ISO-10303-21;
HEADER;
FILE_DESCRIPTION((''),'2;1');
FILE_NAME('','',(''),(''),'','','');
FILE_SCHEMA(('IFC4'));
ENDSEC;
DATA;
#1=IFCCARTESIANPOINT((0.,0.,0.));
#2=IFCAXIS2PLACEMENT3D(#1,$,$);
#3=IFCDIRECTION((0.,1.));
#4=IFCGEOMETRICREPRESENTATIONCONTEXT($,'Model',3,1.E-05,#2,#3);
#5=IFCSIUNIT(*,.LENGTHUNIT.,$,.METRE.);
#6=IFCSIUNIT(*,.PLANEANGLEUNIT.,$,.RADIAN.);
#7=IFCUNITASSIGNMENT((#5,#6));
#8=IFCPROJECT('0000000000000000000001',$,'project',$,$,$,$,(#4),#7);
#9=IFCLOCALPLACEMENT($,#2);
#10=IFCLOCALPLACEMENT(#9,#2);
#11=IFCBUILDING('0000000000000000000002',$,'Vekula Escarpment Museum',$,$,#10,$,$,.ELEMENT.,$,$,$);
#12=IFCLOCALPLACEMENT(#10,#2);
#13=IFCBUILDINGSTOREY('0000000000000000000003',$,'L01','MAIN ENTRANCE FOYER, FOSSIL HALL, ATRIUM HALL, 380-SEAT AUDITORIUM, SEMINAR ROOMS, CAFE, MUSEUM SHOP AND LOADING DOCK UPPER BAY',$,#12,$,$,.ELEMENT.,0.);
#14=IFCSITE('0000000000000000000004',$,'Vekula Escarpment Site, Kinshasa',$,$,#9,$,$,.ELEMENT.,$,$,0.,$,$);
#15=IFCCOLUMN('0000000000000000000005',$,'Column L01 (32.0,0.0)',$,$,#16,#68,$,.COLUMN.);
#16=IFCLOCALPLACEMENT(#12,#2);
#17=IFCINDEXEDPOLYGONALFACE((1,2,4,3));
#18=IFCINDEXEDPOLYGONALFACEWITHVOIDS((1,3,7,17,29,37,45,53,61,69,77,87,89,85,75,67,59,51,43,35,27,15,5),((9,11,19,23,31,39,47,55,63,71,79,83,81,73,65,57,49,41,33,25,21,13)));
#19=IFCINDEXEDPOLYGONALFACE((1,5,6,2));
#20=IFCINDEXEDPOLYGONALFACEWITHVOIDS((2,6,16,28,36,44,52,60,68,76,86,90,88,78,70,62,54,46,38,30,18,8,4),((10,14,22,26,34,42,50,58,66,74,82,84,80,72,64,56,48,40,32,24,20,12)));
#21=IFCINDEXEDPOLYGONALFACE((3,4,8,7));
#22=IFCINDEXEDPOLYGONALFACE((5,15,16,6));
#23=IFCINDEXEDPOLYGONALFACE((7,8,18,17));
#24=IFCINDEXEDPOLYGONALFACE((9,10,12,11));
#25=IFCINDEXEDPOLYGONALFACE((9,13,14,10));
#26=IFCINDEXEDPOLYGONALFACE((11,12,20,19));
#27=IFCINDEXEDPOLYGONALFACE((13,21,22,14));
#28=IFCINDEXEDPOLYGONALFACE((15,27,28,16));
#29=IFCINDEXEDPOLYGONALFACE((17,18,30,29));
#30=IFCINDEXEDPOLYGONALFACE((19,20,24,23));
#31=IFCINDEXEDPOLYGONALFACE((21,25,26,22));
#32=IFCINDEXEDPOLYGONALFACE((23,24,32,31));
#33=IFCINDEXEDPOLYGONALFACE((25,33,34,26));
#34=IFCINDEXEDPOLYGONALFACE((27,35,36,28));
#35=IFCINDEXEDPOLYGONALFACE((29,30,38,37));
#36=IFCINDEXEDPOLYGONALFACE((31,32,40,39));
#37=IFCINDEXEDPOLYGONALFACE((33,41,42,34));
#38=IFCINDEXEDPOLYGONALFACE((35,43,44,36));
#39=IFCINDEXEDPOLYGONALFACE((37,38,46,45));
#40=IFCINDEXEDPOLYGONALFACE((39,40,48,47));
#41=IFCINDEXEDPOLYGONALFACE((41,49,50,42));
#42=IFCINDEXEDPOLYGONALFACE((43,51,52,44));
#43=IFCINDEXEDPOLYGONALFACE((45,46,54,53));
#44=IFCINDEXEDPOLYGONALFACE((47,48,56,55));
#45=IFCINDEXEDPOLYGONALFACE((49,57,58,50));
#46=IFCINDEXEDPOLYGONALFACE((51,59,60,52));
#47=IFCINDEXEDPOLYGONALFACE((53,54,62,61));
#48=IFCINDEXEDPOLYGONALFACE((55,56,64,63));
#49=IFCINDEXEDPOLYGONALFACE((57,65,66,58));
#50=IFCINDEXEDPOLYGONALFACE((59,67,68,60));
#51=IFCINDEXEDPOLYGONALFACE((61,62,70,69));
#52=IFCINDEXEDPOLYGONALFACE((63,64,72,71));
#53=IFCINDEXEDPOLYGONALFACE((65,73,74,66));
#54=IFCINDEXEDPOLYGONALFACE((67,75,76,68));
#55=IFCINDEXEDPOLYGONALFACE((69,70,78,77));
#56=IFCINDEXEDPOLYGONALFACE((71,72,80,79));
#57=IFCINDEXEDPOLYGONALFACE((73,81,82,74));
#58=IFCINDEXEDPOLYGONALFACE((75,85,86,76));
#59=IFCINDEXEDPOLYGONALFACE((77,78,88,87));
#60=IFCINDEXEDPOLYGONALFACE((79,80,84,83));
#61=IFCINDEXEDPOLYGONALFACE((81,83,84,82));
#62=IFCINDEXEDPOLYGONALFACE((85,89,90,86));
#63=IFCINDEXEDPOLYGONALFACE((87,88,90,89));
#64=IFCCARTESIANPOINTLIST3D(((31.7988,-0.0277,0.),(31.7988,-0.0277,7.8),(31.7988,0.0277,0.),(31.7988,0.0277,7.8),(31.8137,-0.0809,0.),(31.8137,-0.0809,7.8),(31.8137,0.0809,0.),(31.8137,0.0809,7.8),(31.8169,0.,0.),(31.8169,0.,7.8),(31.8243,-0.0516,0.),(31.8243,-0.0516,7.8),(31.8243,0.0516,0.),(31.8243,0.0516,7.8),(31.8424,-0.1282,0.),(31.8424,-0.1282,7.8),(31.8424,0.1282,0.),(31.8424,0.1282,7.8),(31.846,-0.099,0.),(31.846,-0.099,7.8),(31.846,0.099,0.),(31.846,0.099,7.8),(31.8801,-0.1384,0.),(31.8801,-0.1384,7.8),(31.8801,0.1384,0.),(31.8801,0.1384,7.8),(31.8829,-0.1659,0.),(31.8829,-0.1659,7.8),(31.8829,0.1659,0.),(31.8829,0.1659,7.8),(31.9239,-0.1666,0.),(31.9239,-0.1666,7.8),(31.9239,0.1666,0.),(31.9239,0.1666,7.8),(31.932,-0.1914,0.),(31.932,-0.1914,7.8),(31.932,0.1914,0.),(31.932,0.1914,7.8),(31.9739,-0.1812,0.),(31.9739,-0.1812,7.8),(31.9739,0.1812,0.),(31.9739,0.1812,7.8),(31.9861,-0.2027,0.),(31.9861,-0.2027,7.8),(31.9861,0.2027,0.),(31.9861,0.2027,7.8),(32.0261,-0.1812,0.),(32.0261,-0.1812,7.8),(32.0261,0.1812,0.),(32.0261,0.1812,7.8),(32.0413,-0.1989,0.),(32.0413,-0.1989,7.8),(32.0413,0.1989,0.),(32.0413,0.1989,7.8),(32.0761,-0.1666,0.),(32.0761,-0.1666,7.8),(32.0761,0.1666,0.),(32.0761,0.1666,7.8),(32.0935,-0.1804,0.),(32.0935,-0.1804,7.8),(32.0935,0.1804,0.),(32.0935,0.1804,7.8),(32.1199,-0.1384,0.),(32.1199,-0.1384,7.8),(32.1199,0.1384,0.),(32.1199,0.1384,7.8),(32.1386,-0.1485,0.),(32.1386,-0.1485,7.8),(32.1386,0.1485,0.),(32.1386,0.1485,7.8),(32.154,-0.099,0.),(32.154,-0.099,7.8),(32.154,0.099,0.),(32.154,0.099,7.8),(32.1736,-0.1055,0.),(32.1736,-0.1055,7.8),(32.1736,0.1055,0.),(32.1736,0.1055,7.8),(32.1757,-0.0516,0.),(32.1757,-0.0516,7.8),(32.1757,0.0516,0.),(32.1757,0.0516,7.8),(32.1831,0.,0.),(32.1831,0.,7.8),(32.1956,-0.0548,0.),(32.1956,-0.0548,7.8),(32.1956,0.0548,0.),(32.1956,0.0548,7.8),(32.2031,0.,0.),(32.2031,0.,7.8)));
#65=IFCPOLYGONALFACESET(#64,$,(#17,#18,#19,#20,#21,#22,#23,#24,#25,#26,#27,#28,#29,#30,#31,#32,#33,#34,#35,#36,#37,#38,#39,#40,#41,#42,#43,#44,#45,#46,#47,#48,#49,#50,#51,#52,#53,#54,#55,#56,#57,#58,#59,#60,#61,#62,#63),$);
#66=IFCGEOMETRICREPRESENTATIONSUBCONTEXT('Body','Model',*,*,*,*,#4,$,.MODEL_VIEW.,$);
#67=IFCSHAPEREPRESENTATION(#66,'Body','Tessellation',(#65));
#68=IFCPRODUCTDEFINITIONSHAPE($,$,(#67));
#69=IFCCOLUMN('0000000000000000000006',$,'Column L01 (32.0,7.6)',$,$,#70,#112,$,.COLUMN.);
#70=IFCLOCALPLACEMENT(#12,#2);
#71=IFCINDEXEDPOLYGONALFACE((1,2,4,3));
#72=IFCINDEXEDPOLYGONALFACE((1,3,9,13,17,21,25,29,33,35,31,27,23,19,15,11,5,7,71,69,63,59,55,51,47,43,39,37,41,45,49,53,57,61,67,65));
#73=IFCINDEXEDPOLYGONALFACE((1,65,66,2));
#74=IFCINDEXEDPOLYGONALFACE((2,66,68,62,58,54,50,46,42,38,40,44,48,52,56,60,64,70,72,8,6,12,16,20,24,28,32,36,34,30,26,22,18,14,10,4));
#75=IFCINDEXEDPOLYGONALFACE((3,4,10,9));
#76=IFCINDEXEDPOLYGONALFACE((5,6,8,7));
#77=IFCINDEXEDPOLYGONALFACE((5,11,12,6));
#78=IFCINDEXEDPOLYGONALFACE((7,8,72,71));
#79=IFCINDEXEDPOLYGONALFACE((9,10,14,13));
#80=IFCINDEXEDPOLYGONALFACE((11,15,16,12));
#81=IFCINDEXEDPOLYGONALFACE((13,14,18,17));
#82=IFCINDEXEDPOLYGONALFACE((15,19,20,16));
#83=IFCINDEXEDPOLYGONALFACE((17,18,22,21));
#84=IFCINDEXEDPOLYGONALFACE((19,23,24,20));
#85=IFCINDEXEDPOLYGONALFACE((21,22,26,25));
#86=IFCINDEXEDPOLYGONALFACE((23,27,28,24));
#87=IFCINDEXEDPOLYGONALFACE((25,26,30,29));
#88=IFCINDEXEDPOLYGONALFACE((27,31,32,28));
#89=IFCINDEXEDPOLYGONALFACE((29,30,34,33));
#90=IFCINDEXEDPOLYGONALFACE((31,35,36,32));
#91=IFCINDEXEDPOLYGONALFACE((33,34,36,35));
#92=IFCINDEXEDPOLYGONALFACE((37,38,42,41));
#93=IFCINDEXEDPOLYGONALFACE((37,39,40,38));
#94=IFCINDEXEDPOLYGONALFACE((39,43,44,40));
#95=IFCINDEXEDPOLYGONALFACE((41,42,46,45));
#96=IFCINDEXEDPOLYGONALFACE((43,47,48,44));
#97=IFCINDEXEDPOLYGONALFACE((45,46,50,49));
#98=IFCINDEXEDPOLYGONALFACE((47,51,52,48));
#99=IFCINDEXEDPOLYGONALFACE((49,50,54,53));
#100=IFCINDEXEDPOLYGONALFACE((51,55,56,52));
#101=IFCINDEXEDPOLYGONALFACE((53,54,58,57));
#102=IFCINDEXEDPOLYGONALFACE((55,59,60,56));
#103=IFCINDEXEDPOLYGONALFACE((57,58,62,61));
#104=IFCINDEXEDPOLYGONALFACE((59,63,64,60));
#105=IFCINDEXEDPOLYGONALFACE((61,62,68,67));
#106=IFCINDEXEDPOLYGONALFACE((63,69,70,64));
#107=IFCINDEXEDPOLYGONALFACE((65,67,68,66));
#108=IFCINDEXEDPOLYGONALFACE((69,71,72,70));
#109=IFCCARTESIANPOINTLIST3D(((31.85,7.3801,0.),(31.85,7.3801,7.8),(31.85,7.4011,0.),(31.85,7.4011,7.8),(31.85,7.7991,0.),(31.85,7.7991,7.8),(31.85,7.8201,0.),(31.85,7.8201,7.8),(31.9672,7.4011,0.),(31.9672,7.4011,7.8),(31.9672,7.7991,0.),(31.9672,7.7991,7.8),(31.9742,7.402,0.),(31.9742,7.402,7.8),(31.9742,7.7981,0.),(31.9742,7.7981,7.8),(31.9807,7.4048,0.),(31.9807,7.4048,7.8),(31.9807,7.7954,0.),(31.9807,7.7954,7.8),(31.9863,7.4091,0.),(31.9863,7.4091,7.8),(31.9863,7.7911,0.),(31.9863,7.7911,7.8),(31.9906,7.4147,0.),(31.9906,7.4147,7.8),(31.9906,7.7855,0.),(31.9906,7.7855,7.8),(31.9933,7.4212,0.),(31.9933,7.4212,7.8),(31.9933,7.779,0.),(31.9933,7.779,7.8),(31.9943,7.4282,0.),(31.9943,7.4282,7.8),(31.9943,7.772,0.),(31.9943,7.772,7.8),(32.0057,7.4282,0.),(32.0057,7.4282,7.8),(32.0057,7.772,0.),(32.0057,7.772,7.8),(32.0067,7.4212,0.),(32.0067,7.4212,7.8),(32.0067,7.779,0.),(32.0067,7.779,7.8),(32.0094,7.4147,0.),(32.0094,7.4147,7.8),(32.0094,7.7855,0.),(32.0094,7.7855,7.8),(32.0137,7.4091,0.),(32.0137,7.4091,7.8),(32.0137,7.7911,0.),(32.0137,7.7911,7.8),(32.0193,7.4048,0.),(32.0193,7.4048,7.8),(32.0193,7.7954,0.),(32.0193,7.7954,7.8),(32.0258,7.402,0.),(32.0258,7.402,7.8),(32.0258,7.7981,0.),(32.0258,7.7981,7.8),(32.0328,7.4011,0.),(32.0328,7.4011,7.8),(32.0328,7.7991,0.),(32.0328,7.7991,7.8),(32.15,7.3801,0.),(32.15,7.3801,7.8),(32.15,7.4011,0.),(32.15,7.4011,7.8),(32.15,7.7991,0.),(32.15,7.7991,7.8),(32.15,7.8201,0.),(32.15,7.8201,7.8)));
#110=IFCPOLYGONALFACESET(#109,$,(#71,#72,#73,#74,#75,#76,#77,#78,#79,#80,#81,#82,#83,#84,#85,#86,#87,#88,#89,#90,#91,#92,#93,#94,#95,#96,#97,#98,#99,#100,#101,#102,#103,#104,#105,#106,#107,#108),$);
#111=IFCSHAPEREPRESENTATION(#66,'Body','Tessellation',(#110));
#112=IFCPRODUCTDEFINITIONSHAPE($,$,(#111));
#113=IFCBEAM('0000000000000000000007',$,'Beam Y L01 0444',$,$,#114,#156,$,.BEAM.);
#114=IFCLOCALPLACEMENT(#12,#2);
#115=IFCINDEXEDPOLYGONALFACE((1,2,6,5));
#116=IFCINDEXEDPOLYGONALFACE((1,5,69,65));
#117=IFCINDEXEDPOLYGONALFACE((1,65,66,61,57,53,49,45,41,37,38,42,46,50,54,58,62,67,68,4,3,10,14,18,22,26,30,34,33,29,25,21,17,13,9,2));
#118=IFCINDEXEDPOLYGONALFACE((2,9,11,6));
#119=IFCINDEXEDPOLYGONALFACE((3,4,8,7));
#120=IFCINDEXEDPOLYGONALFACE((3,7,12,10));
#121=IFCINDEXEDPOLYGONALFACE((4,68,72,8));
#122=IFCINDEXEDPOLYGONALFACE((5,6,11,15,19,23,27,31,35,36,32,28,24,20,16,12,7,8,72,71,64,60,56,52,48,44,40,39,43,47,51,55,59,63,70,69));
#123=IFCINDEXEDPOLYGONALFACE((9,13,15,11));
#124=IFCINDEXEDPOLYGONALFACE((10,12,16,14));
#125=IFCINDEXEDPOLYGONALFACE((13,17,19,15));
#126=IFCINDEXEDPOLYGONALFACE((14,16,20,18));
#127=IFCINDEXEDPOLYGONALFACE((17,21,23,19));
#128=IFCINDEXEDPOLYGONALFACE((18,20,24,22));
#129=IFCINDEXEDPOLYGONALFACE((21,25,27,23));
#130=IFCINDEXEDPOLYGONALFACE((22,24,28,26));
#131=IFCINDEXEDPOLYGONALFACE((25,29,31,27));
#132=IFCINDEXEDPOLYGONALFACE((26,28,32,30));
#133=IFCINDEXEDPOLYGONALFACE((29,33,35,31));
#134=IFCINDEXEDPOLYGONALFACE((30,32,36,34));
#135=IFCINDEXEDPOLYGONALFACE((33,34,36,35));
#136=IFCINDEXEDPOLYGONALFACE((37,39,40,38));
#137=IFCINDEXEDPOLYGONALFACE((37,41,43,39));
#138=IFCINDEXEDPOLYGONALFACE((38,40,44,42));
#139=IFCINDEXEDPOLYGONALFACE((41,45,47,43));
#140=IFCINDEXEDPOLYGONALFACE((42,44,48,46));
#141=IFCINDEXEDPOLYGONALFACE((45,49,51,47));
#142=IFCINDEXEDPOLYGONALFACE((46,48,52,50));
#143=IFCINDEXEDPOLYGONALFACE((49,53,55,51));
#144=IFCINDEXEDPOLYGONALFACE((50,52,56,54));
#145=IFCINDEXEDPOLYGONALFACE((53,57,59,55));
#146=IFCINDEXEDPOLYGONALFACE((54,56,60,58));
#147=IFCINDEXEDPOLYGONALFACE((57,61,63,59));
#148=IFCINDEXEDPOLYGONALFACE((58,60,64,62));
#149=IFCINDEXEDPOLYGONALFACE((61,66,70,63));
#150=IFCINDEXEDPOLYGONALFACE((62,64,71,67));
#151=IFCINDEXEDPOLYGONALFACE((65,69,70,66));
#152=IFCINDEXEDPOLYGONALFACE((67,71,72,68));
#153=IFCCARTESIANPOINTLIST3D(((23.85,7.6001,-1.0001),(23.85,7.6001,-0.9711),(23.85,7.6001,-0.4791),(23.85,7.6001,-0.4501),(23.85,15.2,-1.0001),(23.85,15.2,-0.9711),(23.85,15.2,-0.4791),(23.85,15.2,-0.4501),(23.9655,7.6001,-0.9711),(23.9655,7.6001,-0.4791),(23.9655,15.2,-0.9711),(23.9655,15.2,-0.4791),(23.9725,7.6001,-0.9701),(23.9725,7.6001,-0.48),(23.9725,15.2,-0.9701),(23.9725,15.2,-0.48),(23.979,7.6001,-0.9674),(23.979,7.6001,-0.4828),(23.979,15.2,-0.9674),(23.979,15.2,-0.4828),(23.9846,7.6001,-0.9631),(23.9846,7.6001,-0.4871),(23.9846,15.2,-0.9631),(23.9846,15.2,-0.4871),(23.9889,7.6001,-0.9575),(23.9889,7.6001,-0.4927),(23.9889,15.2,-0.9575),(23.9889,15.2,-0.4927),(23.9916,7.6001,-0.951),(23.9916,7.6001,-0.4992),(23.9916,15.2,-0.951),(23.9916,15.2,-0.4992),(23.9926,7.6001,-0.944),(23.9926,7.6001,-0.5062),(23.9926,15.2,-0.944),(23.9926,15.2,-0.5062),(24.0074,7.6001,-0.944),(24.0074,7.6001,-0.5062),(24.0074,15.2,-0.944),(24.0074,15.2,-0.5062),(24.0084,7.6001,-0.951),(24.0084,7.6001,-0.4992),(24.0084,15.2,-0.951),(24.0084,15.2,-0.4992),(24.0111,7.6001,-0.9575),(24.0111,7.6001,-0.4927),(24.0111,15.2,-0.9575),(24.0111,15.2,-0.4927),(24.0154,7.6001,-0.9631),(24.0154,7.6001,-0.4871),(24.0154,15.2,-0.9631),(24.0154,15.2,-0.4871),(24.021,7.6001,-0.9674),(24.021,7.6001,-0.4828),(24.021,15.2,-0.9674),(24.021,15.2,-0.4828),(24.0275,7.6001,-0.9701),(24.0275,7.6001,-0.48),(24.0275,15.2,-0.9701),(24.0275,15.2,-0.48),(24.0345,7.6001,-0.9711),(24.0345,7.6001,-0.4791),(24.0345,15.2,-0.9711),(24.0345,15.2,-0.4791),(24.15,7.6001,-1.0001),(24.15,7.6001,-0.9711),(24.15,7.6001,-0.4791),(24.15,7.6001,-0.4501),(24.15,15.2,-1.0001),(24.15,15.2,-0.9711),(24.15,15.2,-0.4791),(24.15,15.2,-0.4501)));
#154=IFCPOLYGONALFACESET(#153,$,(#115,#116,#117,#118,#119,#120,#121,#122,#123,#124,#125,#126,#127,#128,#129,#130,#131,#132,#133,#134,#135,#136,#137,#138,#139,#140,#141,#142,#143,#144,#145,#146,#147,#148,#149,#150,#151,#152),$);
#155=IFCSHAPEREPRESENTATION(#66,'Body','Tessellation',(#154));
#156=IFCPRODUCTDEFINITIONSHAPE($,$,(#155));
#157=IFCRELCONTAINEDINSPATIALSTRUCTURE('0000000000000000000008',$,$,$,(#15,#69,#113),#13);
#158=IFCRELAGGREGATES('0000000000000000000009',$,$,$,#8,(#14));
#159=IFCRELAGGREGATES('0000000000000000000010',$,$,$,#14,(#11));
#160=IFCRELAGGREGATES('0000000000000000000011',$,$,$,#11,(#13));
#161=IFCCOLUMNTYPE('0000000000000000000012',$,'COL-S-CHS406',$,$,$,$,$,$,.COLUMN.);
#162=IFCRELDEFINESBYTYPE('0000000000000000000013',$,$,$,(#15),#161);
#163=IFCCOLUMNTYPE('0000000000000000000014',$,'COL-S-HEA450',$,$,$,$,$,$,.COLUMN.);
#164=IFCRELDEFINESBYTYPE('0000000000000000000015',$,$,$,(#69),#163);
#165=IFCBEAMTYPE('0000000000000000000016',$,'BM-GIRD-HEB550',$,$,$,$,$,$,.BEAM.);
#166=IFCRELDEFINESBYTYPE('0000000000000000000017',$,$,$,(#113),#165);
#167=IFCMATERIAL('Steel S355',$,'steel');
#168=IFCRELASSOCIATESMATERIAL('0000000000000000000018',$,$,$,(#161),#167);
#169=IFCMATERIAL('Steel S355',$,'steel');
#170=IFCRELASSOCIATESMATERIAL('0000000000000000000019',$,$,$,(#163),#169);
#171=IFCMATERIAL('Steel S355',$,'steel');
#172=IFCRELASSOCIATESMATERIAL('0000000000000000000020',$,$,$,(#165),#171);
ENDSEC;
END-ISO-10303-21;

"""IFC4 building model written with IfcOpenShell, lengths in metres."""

from ifc_helpers import new_model, si_unit, direction, frame, origin, origin_2d, place, context, subcontext, project, spatial, hollow_circle, i_section, extrude, material, material_profile, profile_set, type_object, element, save


model = new_model("IFC4")

# Units and contexts
model_context = context("Model", 3, precision=1e-05, world=origin(), true_north=direction((0.0, 1.0)))
body_context = subcontext(model_context, "Body", "Model", "MODEL_VIEW")
ifc_project = project(units=[si_unit("LENGTHUNIT", "METRE"), si_unit("PLANEANGLEUNIT", "RADIAN")], contexts=[model_context])

# Site, building, storey
site_placement = place(None, origin())
site = spatial("IfcSite", under=ifc_project, at=site_placement, Name="Vekula Escarpment Site, Kinshasa", CompositionType="ELEMENT", RefElevation=0.0)
building_placement = place(site_placement, origin())
building = spatial("IfcBuilding", under=site, at=building_placement, Name="Vekula Escarpment Museum", CompositionType="ELEMENT")
storey_placement = place(building_placement, origin())
storey = spatial("IfcBuildingStorey", under=building, at=storey_placement, Name="L01", Description="MAIN ENTRANCE FOYER, FOSSIL HALL, ATRIUM HALL, 380-SEAT AUDITORIUM, SEMINAR ROOMS, CAFE, MUSEUM SHOP AND LOADING DOCK UPPER BAY", CompositionType="ELEMENT", Elevation=0.0)

# Columns
ifc_material_1 = material(Name="Steel S355", Category="steel")
ifc_material_profile_1 = material_profile(ifc_material_1, hollow_circle(Radius=0.2031, WallThickness=0.02, at=origin_2d()), Name="CHS 406.4x20")
ifc_profile_set_1 = profile_set([ifc_material_profile_1], Name="Steel S355")
column_type_1 = type_object("IfcColumnType", Name="COL-S-CHS406", PredefinedType="COLUMN", material=ifc_profile_set_1)
for number, where, z_axis, x_axis, name in (
    (1, (32.0, 0.0, 0.0), (0.0, 0.0, 1.0), (1.0, 0.0, 0.0), "Column L01 (32.0,0.0)"),
):
    element("IfcColumn", number, at=place(storey_placement, frame(where, z_axis=z_axis, x_axis=x_axis)), inside=storey, type_object=column_type_1, Name=name, PredefinedType="COLUMN", context=body_context, shape_type="SweptSolid", body=[
        extrude(hollow_circle(Radius=0.2031, WallThickness=0.02, at=origin_2d()), origin(), (0.0, 0.0, 1.0), 7.8),
    ])
ifc_material_2 = material(Name="Steel S355", Category="steel")
ifc_material_profile_2 = material_profile(ifc_material_2, i_section(OverallWidth=0.3, OverallDepth=0.4399, WebThickness=0.0115, FlangeThickness=0.021, FilletRadius=0.0271, at=origin_2d()), Name="HEA 450")
ifc_profile_set_2 = profile_set([ifc_material_profile_2], Name="Steel S355")
column_type_2 = type_object("IfcColumnType", Name="COL-S-HEA450", PredefinedType="COLUMN", material=ifc_profile_set_2)
column_1_placement = place(storey_placement, frame((32.0, 7.6001, 0.0), z_axis=(0.0, 0.0, 1.0), x_axis=(1.0, 0.0, 0.0)))
element("IfcColumn", 2, at=column_1_placement, inside=storey, type_object=column_type_2, Name="Column L01 (32.0,7.6)", PredefinedType="COLUMN", context=body_context, shape_type="SweptSolid", body=[
    extrude(i_section(OverallWidth=0.3, OverallDepth=0.4399, WebThickness=0.0115, FlangeThickness=0.021, FilletRadius=0.0271, at=origin_2d()), origin(), (0.0, 0.0, 1.0), 7.8),
])

# Beam
ifc_material_3 = material(Name="Steel S355", Category="steel")
ifc_material_profile_3 = material_profile(ifc_material_3, i_section(OverallWidth=0.3, OverallDepth=0.55, WebThickness=0.0149, FlangeThickness=0.0291, FilletRadius=0.0271, at=origin_2d()), Name="HEB 550")
ifc_profile_set_3 = profile_set([ifc_material_profile_3], Name="Steel S355")
beam_type_1 = type_object("IfcBeamType", Name="BM-GIRD-HEB550", PredefinedType="BEAM", material=ifc_profile_set_3)
beam_1_placement = place(storey_placement, frame((24.0, 7.6001, -0.7251), z_axis=(0.0, 1.0, 0.0), x_axis=(-1.0, 0.0, 0.0)))
element("IfcBeam", 3, at=beam_1_placement, inside=storey, type_object=beam_type_1, Name="Beam Y L01 0444", PredefinedType="BEAM", context=body_context, shape_type="SweptSolid", body=[
    extrude(i_section(OverallWidth=0.3, OverallDepth=0.55, WebThickness=0.0149, FlangeThickness=0.0291, FilletRadius=0.0271, at=origin_2d()), origin(), (0.0, 0.0, 1.0), 7.5999),
])

save(model, "model.ifc")
